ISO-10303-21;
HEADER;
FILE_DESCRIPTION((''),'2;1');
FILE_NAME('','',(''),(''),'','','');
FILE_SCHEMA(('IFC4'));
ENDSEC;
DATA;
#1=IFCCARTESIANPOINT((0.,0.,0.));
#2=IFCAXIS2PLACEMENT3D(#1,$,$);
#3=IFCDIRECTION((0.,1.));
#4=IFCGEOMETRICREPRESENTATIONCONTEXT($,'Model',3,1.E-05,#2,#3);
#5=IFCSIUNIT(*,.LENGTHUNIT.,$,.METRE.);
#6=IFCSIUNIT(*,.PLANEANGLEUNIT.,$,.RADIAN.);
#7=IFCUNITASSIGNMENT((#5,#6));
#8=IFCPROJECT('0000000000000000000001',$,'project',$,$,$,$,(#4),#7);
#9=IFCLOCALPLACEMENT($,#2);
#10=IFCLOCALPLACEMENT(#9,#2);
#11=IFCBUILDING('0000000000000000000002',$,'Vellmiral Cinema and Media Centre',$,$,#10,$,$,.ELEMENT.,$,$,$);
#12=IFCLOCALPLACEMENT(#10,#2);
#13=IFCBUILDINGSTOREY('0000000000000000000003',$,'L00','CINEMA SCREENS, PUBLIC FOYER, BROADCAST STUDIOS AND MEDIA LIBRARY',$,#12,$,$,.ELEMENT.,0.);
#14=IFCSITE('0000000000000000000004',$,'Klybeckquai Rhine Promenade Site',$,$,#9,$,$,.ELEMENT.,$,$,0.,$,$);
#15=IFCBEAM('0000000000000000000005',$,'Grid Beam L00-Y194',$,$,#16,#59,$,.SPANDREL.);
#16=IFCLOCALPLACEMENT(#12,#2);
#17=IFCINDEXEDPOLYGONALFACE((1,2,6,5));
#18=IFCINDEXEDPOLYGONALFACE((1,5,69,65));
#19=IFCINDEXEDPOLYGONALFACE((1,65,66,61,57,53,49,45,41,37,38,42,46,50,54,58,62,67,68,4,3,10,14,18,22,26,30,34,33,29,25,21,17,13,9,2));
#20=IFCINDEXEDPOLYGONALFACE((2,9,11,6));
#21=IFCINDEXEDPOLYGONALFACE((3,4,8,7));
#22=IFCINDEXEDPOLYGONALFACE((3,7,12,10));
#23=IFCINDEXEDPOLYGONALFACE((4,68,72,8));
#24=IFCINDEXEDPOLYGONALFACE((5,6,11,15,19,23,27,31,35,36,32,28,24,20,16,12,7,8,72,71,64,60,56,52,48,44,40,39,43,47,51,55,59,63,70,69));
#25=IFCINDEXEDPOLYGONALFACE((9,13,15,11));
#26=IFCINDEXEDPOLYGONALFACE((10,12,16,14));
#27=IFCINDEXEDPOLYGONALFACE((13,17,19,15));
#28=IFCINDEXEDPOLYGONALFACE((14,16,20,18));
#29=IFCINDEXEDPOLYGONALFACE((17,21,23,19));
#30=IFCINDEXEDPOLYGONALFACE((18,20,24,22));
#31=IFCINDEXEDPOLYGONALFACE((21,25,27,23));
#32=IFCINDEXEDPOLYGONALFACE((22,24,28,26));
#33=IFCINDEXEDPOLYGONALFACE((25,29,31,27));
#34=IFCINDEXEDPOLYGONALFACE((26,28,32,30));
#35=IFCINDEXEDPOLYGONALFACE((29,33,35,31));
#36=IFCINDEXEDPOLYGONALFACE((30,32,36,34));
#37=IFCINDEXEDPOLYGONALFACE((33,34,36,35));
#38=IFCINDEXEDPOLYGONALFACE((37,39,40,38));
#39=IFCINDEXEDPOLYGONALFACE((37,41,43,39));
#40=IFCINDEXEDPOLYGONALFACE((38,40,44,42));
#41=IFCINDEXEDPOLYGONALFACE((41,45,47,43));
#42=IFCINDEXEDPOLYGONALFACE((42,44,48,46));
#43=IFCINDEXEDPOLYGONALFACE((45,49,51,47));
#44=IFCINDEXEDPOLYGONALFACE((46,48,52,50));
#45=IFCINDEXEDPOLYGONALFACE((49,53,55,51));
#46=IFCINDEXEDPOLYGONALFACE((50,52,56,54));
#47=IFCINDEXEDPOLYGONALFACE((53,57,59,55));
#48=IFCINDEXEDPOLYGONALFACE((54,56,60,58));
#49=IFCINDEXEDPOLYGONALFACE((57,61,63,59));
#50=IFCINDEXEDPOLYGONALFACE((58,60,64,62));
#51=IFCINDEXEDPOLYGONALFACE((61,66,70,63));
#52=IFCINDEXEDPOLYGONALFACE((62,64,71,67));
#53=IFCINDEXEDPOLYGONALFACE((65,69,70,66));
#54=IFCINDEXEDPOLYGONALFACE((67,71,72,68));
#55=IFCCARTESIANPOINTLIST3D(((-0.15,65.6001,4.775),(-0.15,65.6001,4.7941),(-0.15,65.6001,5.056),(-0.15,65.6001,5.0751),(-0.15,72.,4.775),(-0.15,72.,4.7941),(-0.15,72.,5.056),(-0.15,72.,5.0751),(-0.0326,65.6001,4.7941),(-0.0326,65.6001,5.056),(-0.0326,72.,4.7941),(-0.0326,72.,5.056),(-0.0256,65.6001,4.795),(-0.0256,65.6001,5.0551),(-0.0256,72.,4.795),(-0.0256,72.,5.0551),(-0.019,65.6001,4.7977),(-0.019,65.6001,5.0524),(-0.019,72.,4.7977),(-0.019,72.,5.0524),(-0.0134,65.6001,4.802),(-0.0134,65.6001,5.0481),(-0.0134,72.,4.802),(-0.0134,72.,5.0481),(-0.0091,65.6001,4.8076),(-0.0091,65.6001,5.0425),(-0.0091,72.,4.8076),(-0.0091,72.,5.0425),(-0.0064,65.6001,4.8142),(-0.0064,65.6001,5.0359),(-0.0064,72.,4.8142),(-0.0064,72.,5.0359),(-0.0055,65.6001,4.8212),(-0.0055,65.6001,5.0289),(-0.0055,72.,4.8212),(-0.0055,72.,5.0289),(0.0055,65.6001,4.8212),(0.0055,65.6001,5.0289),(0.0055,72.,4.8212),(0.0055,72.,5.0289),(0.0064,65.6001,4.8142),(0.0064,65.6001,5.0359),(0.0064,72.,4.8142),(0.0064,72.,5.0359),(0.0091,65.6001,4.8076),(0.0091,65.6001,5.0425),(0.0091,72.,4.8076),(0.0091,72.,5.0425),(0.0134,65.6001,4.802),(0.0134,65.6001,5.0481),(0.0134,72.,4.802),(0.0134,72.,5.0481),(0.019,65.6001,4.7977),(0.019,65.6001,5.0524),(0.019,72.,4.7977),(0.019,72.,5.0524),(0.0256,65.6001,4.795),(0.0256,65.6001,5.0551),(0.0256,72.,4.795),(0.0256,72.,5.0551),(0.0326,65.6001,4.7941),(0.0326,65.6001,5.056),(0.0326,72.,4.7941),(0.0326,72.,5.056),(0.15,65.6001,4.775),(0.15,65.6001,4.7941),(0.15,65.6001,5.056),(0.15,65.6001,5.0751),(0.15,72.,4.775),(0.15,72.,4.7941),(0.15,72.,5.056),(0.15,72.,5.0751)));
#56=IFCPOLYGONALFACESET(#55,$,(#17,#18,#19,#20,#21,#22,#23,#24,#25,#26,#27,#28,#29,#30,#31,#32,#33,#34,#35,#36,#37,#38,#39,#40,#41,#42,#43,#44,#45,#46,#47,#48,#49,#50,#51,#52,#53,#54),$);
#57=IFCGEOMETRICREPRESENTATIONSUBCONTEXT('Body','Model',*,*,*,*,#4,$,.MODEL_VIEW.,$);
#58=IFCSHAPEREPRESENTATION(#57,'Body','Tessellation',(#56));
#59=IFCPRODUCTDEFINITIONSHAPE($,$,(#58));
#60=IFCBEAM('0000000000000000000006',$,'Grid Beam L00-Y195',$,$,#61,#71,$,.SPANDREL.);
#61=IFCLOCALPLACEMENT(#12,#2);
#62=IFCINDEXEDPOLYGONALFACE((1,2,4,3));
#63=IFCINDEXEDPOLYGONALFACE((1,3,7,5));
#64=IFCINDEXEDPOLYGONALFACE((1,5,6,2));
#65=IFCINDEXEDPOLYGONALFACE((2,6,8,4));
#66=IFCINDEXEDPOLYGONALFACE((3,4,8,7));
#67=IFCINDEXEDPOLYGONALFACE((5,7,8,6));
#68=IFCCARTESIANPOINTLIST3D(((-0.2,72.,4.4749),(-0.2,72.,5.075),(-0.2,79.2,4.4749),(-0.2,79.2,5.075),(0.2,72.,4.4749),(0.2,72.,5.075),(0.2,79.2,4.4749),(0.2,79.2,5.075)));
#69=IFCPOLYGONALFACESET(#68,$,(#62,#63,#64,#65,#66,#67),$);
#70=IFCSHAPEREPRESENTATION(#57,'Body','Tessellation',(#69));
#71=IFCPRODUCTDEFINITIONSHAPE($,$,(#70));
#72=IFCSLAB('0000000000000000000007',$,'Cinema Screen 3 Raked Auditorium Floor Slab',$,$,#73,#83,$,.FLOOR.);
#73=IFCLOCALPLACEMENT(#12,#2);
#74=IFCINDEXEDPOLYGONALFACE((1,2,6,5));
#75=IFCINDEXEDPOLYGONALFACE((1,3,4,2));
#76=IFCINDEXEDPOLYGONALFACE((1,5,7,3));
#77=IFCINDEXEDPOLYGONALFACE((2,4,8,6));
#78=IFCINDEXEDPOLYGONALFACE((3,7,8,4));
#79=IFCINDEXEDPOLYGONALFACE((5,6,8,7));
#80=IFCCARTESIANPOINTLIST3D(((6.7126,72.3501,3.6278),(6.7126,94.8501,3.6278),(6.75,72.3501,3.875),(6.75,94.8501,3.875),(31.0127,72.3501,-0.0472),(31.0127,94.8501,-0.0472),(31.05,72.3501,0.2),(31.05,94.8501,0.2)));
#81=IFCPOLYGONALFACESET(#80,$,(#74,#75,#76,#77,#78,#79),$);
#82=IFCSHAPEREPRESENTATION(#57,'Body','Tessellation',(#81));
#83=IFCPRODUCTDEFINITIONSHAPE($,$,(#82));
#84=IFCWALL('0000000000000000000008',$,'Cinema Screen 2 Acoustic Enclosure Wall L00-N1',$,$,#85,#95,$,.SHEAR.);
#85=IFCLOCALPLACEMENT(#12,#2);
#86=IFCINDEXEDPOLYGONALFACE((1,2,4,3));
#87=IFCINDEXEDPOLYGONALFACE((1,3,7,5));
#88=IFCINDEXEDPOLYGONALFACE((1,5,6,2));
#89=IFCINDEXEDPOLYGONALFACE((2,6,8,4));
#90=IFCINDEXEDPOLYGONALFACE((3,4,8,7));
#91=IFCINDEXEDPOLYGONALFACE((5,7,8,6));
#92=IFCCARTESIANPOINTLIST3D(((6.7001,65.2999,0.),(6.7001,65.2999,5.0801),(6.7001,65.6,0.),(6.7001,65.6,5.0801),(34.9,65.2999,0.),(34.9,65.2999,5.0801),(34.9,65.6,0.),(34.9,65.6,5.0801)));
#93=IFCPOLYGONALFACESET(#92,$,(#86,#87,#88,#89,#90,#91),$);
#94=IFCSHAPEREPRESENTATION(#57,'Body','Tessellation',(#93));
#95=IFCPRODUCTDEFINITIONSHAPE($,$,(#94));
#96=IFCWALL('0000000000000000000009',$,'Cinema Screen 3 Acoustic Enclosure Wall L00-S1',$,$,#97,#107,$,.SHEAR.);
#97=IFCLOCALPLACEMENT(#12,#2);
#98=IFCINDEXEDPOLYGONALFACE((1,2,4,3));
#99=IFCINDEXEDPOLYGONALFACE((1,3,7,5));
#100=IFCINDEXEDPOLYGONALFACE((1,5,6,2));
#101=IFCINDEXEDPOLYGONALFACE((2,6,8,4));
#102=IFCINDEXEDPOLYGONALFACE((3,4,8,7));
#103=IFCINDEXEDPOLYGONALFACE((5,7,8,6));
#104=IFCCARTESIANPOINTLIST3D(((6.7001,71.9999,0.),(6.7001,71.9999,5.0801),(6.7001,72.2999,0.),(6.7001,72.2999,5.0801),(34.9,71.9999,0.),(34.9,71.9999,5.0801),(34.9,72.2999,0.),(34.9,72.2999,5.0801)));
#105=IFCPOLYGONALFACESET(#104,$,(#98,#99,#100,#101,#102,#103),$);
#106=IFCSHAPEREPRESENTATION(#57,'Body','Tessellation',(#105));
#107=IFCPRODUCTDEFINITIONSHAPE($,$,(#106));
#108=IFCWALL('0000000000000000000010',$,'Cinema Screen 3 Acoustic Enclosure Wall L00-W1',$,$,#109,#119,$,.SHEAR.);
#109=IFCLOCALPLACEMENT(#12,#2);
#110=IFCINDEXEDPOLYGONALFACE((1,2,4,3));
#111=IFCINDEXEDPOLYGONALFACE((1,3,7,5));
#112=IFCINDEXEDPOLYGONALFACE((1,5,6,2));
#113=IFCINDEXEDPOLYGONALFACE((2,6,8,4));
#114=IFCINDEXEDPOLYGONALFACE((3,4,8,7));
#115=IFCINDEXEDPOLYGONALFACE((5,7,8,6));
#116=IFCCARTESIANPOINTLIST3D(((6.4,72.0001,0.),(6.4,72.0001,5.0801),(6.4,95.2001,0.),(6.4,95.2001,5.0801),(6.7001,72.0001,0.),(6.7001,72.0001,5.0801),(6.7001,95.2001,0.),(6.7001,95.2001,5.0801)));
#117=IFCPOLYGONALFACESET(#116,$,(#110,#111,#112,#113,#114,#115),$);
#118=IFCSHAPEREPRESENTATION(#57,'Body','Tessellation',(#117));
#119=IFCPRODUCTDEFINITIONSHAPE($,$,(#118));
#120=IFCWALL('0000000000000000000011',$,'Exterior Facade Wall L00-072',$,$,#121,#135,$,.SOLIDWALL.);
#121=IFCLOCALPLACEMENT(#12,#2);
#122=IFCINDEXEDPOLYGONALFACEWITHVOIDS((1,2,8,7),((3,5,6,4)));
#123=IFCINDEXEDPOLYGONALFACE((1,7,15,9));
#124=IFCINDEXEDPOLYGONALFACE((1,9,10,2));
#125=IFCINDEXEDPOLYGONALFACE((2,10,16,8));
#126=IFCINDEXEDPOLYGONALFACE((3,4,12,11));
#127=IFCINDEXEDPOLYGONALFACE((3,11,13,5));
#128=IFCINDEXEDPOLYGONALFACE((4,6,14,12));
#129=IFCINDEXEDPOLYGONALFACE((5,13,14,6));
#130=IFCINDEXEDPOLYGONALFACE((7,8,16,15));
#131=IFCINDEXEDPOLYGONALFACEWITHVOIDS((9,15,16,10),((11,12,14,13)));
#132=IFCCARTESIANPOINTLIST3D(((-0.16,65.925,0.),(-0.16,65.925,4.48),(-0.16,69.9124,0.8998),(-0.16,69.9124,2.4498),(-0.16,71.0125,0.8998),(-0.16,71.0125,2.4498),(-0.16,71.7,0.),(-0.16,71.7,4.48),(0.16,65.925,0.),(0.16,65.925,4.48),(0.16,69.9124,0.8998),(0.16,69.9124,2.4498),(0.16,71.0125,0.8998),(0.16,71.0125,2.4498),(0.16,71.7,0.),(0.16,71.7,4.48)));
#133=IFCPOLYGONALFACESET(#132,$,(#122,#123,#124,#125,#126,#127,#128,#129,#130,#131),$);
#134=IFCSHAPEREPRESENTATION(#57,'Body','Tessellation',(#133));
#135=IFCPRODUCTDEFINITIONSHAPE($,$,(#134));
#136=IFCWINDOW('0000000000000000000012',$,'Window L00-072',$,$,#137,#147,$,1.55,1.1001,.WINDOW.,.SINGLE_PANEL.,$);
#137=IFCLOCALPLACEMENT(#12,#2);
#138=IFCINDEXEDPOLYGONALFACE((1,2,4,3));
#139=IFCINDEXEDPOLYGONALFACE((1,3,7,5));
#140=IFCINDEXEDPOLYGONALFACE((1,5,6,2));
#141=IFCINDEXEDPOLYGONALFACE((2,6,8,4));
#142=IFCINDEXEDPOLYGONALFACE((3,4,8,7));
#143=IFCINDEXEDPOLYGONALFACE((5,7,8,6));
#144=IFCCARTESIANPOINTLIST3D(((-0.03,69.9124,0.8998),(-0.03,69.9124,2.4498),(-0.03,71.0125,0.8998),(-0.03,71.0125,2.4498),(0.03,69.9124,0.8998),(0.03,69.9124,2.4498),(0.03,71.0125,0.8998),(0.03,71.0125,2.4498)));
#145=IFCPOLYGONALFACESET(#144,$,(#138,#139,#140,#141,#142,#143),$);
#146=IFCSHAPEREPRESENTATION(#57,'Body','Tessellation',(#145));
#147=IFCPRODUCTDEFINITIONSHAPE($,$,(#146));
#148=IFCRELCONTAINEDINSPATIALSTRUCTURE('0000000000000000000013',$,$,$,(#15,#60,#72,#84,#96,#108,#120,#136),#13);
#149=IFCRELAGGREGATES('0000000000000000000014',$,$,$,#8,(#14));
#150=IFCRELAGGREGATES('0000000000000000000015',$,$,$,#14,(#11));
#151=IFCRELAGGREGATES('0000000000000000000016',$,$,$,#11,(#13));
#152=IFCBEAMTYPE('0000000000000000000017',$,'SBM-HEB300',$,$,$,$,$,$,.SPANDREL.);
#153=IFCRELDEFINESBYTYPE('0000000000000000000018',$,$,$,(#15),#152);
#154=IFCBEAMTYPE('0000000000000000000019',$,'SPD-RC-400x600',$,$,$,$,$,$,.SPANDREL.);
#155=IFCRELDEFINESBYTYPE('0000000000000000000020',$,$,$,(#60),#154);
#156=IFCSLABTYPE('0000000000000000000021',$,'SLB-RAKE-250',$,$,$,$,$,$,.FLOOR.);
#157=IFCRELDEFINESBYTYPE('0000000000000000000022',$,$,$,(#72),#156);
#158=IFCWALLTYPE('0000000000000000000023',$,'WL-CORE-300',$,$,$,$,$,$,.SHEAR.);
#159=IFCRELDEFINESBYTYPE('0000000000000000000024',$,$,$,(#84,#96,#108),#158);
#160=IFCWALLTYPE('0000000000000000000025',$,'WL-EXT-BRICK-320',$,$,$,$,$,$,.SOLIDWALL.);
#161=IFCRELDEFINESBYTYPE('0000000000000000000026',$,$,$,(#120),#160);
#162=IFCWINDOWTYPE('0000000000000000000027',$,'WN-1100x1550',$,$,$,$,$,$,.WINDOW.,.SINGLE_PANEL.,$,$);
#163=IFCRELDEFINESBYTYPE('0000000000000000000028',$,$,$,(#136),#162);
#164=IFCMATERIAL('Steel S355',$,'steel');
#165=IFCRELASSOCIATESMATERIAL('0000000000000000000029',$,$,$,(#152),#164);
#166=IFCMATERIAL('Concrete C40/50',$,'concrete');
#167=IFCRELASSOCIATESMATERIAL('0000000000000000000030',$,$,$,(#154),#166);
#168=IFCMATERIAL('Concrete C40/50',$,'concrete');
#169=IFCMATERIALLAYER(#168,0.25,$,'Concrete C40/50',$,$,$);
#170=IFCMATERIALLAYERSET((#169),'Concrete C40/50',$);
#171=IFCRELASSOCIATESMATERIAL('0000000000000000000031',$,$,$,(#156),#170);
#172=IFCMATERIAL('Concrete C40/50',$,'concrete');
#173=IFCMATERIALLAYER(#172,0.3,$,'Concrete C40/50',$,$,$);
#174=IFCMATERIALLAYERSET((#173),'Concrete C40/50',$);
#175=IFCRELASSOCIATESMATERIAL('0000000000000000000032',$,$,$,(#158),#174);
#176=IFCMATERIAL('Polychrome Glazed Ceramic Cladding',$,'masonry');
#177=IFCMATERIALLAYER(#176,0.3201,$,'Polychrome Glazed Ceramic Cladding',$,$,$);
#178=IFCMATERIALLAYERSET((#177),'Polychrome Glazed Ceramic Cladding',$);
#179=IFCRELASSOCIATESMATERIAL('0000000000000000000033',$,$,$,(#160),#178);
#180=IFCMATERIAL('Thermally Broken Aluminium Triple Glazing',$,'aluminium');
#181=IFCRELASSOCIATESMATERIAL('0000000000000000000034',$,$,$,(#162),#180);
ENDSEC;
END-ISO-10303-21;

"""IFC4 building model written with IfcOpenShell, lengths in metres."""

from ifc_helpers import new_model, si_unit, direction, frame, frame_2d, origin, origin_2d, place, context, subcontext, project, spatial, polyline, rectangle, i_section, outline, extrude, material, layer, layer_set, material_profile, profile_set, type_object, element, fill, save


model = new_model("IFC4")

# Units and contexts
model_context = context("Model", 3, precision=1e-05, world=origin(), true_north=direction((0.0, 1.0)))
body_context = subcontext(model_context, "Body", "Model", "MODEL_VIEW")
ifc_project = project(units=[si_unit("LENGTHUNIT", "METRE"), si_unit("PLANEANGLEUNIT", "RADIAN")], contexts=[model_context])

# Site, building, storey
site_placement = place(None, origin())
site = spatial("IfcSite", under=ifc_project, at=site_placement, Name="Klybeckquai Rhine Promenade Site", CompositionType="ELEMENT", RefElevation=0.0)
building_placement = place(site_placement, origin())
building = spatial("IfcBuilding", under=site, at=building_placement, Name="Vellmiral Cinema and Media Centre", CompositionType="ELEMENT")
storey_placement = place(building_placement, origin())
storey = spatial("IfcBuildingStorey", under=building, at=storey_placement, Name="L00", Description="CINEMA SCREENS, PUBLIC FOYER, BROADCAST STUDIOS AND MEDIA LIBRARY", CompositionType="ELEMENT", Elevation=0.0)

# Beams
ifc_material_1 = material(Name="Steel S355", Category="steel")
ifc_material_profile_1 = material_profile(ifc_material_1, i_section(OverallWidth=0.3, OverallDepth=0.3, WebThickness=0.011, FlangeThickness=0.019, FilletRadius=0.0271, at=origin_2d()), Name="HEB 300")
ifc_profile_set_1 = profile_set([ifc_material_profile_1], Name="Steel S355")
beam_type_1 = type_object("IfcBeamType", Name="SBM-HEB300", PredefinedType="SPANDREL", material=ifc_profile_set_1)
beam_1_placement = place(storey_placement, frame((0.0, 65.6001, 4.925), z_axis=(0.0, 1.0, 0.0), x_axis=(-1.0, 0.0, 0.0)))
element("IfcBeam", 1, at=beam_1_placement, inside=storey, type_object=beam_type_1, Name="Grid Beam L00-Y194", PredefinedType="SPANDREL", context=body_context, shape_type="SweptSolid", body=[
    extrude(i_section(OverallWidth=0.3, OverallDepth=0.3, WebThickness=0.011, FlangeThickness=0.019, FilletRadius=0.0271, at=origin_2d()), origin(), (0.0, 0.0, 1.0), 6.3999),
])
ifc_material_2 = material(Name="Concrete C40/50", Category="concrete")
ifc_material_profile_2 = material_profile(ifc_material_2, rectangle(XDim=0.3999, YDim=0.6001, at=origin_2d()), Name="RC 400x600")
ifc_profile_set_2 = profile_set([ifc_material_profile_2], Name="Concrete C40/50")
beam_type_2 = type_object("IfcBeamType", Name="SPD-RC-400x600", PredefinedType="SPANDREL", material=ifc_profile_set_2)
beam_2_placement = place(storey_placement, frame((0.0, 72.0, 4.7749), z_axis=(0.0, 1.0, 0.0), x_axis=(-1.0, 0.0, 0.0)))
element("IfcBeam", 2, at=beam_2_placement, inside=storey, type_object=beam_type_2, Name="Grid Beam L00-Y195", PredefinedType="SPANDREL", context=body_context, shape_type="SweptSolid", body=[
    extrude(rectangle(XDim=0.3999, YDim=0.6001, at=origin_2d()), origin(), (0.0, 0.0, 1.0), 7.2),
])

# Slab
ifc_material_3 = material(Name="Concrete C40/50", Category="concrete")
ifc_layer_1 = layer(ifc_material_3, 0.25, Name="Concrete C40/50")
ifc_layer_set_1 = layer_set([ifc_layer_1], Name="Concrete C40/50")
slab_type = type_object("IfcSlabType", Name="SLB-RAKE-250", PredefinedType="FLOOR", material=ifc_layer_set_1)
slab_placement = place(storey_placement, frame((6.75, 72.3501, 3.875), z_axis=(0.149536, 0.0, 0.988756), x_axis=(0.988756, 0.0, -0.149536)))
element("IfcSlab", 3, at=slab_placement, inside=storey, type_object=slab_type, Name="Cinema Screen 3 Raked Auditorium Floor Slab", PredefinedType="FLOOR", context=body_context, shape_type="SweptSolid", body=[
    extrude(outline(polyline([(0.0, 0.0), (24.5764, 0.0), (24.5764, 22.5), (0.0, 22.5), (0.0, 0.0)])), origin(), (0.0, 0.0, -1.0), 0.25),
])

# Walls
ifc_material_4 = material(Name="Concrete C40/50", Category="concrete")
ifc_layer_2 = layer(ifc_material_4, 0.3, Name="Concrete C40/50")
ifc_layer_set_2 = layer_set([ifc_layer_2], Name="Concrete C40/50")
wall_type_1 = type_object("IfcWallType", Name="WL-CORE-300", PredefinedType="SHEAR", material=ifc_layer_set_2)
for number, where, z_axis, x_axis, name in (
    (4, (6.7, 65.45, 0.0), (0.0, 0.0, 1.0), (1.0, 0.0, 0.0), "Cinema Screen 2 Acoustic Enclosure Wall L00-N1"),
    (5, (6.7, 72.1499, 0.0), (0.0, 0.0, 1.0), (1.0, 0.0, 0.0), "Cinema Screen 3 Acoustic Enclosure Wall L00-S1"),
):
    element("IfcWall", number, at=place(storey_placement, frame(where, z_axis=z_axis, x_axis=x_axis)), inside=storey, type_object=wall_type_1, Name=name, PredefinedType="SHEAR", context=body_context, shape_type="SweptSolid", body=[
        extrude(rectangle(XDim=28.2, YDim=0.3, at=frame_2d((14.1001, 0.0))), origin(), (0.0, 0.0, 1.0), 5.0801),
    ])
wall_1_placement = place(storey_placement, frame((6.55, 72.0, 0.0), z_axis=(0.0, 0.0, 1.0), x_axis=(0.0, 1.0, 0.0)))
element("IfcWall", 6, at=wall_1_placement, inside=storey, type_object=wall_type_1, Name="Cinema Screen 3 Acoustic Enclosure Wall L00-W1", PredefinedType="SHEAR", context=body_context, shape_type="SweptSolid", body=[
    extrude(rectangle(XDim=23.2, YDim=0.3, at=frame_2d((11.6001, 0.0))), origin(), (0.0, 0.0, 1.0), 5.0801),
])

# Wall, opening, window
ifc_material_5 = material(Name="Polychrome Glazed Ceramic Cladding", Category="masonry")
ifc_layer_3 = layer(ifc_material_5, 0.3201, Name="Polychrome Glazed Ceramic Cladding")
ifc_layer_set_3 = layer_set([ifc_layer_3], Name="Polychrome Glazed Ceramic Cladding")
wall_type_2 = type_object("IfcWallType", Name="WL-EXT-BRICK-320", PredefinedType="SOLIDWALL", material=ifc_layer_set_3)
wall_2_placement = place(storey_placement, frame((0.0, 71.7, 0.0), z_axis=(0.0, 0.0, 1.0), x_axis=(0.0, -1.0, 0.0)))
wall_2 = element("IfcWall", 7, at=wall_2_placement, inside=storey, type_object=wall_type_2, Name="Exterior Facade Wall L00-072", PredefinedType="SOLIDWALL", context=body_context, shape_type="SweptSolid", body=[
    extrude(rectangle(XDim=5.7749, YDim=0.3201, at=frame_2d((2.8875, 0.0))), origin(), (0.0, 0.0, 1.0), 4.48),
])
opening_1_placement = place(wall_2_placement, frame((0.6875, 0.0, 0.8999)))
opening_1 = element("IfcOpeningElement", 8, at=opening_1_placement, cuts=wall_2, PredefinedType="OPENING", context=body_context, shape_type="SweptSolid", body=[
    extrude(rectangle(XDim=1.1001, YDim=1.55, at=frame_2d((0.55, 0.7749))), frame((0.0, 0.1719, 0.0), z_axis=(0.0, -1.0, 0.0), x_axis=(1.0, 0.0, 0.0)), (0.0, 0.0, 1.0), 0.344),
])
ifc_material_6 = material(Name="Thermally Broken Aluminium Triple Glazing", Category="aluminium")
window_type_1 = type_object("IfcWindowType", Name="WN-1100x1550", PartitioningType="SINGLE_PANEL", PredefinedType="WINDOW", material=ifc_material_6)
window_1_placement = place(opening_1_placement, origin())
window_1 = element("IfcWindow", 9, at=window_1_placement, inside=storey, type_object=window_type_1, Name="Window L00-072", OverallHeight=1.55, OverallWidth=1.1001, PartitioningType="SINGLE_PANEL", PredefinedType="WINDOW", context=body_context, shape_type="SweptSolid", body=[
    extrude(rectangle(XDim=1.1001, YDim=1.55, at=frame_2d((0.55, 0.7749))), frame((0.0, 0.03, 0.0), z_axis=(0.0, -1.0, 0.0), x_axis=(1.0, 0.0, 0.0)), (0.0, 0.0, 1.0), 0.0601),
])
fill(opening_1, window_1)

save(model, "model.ifc")
